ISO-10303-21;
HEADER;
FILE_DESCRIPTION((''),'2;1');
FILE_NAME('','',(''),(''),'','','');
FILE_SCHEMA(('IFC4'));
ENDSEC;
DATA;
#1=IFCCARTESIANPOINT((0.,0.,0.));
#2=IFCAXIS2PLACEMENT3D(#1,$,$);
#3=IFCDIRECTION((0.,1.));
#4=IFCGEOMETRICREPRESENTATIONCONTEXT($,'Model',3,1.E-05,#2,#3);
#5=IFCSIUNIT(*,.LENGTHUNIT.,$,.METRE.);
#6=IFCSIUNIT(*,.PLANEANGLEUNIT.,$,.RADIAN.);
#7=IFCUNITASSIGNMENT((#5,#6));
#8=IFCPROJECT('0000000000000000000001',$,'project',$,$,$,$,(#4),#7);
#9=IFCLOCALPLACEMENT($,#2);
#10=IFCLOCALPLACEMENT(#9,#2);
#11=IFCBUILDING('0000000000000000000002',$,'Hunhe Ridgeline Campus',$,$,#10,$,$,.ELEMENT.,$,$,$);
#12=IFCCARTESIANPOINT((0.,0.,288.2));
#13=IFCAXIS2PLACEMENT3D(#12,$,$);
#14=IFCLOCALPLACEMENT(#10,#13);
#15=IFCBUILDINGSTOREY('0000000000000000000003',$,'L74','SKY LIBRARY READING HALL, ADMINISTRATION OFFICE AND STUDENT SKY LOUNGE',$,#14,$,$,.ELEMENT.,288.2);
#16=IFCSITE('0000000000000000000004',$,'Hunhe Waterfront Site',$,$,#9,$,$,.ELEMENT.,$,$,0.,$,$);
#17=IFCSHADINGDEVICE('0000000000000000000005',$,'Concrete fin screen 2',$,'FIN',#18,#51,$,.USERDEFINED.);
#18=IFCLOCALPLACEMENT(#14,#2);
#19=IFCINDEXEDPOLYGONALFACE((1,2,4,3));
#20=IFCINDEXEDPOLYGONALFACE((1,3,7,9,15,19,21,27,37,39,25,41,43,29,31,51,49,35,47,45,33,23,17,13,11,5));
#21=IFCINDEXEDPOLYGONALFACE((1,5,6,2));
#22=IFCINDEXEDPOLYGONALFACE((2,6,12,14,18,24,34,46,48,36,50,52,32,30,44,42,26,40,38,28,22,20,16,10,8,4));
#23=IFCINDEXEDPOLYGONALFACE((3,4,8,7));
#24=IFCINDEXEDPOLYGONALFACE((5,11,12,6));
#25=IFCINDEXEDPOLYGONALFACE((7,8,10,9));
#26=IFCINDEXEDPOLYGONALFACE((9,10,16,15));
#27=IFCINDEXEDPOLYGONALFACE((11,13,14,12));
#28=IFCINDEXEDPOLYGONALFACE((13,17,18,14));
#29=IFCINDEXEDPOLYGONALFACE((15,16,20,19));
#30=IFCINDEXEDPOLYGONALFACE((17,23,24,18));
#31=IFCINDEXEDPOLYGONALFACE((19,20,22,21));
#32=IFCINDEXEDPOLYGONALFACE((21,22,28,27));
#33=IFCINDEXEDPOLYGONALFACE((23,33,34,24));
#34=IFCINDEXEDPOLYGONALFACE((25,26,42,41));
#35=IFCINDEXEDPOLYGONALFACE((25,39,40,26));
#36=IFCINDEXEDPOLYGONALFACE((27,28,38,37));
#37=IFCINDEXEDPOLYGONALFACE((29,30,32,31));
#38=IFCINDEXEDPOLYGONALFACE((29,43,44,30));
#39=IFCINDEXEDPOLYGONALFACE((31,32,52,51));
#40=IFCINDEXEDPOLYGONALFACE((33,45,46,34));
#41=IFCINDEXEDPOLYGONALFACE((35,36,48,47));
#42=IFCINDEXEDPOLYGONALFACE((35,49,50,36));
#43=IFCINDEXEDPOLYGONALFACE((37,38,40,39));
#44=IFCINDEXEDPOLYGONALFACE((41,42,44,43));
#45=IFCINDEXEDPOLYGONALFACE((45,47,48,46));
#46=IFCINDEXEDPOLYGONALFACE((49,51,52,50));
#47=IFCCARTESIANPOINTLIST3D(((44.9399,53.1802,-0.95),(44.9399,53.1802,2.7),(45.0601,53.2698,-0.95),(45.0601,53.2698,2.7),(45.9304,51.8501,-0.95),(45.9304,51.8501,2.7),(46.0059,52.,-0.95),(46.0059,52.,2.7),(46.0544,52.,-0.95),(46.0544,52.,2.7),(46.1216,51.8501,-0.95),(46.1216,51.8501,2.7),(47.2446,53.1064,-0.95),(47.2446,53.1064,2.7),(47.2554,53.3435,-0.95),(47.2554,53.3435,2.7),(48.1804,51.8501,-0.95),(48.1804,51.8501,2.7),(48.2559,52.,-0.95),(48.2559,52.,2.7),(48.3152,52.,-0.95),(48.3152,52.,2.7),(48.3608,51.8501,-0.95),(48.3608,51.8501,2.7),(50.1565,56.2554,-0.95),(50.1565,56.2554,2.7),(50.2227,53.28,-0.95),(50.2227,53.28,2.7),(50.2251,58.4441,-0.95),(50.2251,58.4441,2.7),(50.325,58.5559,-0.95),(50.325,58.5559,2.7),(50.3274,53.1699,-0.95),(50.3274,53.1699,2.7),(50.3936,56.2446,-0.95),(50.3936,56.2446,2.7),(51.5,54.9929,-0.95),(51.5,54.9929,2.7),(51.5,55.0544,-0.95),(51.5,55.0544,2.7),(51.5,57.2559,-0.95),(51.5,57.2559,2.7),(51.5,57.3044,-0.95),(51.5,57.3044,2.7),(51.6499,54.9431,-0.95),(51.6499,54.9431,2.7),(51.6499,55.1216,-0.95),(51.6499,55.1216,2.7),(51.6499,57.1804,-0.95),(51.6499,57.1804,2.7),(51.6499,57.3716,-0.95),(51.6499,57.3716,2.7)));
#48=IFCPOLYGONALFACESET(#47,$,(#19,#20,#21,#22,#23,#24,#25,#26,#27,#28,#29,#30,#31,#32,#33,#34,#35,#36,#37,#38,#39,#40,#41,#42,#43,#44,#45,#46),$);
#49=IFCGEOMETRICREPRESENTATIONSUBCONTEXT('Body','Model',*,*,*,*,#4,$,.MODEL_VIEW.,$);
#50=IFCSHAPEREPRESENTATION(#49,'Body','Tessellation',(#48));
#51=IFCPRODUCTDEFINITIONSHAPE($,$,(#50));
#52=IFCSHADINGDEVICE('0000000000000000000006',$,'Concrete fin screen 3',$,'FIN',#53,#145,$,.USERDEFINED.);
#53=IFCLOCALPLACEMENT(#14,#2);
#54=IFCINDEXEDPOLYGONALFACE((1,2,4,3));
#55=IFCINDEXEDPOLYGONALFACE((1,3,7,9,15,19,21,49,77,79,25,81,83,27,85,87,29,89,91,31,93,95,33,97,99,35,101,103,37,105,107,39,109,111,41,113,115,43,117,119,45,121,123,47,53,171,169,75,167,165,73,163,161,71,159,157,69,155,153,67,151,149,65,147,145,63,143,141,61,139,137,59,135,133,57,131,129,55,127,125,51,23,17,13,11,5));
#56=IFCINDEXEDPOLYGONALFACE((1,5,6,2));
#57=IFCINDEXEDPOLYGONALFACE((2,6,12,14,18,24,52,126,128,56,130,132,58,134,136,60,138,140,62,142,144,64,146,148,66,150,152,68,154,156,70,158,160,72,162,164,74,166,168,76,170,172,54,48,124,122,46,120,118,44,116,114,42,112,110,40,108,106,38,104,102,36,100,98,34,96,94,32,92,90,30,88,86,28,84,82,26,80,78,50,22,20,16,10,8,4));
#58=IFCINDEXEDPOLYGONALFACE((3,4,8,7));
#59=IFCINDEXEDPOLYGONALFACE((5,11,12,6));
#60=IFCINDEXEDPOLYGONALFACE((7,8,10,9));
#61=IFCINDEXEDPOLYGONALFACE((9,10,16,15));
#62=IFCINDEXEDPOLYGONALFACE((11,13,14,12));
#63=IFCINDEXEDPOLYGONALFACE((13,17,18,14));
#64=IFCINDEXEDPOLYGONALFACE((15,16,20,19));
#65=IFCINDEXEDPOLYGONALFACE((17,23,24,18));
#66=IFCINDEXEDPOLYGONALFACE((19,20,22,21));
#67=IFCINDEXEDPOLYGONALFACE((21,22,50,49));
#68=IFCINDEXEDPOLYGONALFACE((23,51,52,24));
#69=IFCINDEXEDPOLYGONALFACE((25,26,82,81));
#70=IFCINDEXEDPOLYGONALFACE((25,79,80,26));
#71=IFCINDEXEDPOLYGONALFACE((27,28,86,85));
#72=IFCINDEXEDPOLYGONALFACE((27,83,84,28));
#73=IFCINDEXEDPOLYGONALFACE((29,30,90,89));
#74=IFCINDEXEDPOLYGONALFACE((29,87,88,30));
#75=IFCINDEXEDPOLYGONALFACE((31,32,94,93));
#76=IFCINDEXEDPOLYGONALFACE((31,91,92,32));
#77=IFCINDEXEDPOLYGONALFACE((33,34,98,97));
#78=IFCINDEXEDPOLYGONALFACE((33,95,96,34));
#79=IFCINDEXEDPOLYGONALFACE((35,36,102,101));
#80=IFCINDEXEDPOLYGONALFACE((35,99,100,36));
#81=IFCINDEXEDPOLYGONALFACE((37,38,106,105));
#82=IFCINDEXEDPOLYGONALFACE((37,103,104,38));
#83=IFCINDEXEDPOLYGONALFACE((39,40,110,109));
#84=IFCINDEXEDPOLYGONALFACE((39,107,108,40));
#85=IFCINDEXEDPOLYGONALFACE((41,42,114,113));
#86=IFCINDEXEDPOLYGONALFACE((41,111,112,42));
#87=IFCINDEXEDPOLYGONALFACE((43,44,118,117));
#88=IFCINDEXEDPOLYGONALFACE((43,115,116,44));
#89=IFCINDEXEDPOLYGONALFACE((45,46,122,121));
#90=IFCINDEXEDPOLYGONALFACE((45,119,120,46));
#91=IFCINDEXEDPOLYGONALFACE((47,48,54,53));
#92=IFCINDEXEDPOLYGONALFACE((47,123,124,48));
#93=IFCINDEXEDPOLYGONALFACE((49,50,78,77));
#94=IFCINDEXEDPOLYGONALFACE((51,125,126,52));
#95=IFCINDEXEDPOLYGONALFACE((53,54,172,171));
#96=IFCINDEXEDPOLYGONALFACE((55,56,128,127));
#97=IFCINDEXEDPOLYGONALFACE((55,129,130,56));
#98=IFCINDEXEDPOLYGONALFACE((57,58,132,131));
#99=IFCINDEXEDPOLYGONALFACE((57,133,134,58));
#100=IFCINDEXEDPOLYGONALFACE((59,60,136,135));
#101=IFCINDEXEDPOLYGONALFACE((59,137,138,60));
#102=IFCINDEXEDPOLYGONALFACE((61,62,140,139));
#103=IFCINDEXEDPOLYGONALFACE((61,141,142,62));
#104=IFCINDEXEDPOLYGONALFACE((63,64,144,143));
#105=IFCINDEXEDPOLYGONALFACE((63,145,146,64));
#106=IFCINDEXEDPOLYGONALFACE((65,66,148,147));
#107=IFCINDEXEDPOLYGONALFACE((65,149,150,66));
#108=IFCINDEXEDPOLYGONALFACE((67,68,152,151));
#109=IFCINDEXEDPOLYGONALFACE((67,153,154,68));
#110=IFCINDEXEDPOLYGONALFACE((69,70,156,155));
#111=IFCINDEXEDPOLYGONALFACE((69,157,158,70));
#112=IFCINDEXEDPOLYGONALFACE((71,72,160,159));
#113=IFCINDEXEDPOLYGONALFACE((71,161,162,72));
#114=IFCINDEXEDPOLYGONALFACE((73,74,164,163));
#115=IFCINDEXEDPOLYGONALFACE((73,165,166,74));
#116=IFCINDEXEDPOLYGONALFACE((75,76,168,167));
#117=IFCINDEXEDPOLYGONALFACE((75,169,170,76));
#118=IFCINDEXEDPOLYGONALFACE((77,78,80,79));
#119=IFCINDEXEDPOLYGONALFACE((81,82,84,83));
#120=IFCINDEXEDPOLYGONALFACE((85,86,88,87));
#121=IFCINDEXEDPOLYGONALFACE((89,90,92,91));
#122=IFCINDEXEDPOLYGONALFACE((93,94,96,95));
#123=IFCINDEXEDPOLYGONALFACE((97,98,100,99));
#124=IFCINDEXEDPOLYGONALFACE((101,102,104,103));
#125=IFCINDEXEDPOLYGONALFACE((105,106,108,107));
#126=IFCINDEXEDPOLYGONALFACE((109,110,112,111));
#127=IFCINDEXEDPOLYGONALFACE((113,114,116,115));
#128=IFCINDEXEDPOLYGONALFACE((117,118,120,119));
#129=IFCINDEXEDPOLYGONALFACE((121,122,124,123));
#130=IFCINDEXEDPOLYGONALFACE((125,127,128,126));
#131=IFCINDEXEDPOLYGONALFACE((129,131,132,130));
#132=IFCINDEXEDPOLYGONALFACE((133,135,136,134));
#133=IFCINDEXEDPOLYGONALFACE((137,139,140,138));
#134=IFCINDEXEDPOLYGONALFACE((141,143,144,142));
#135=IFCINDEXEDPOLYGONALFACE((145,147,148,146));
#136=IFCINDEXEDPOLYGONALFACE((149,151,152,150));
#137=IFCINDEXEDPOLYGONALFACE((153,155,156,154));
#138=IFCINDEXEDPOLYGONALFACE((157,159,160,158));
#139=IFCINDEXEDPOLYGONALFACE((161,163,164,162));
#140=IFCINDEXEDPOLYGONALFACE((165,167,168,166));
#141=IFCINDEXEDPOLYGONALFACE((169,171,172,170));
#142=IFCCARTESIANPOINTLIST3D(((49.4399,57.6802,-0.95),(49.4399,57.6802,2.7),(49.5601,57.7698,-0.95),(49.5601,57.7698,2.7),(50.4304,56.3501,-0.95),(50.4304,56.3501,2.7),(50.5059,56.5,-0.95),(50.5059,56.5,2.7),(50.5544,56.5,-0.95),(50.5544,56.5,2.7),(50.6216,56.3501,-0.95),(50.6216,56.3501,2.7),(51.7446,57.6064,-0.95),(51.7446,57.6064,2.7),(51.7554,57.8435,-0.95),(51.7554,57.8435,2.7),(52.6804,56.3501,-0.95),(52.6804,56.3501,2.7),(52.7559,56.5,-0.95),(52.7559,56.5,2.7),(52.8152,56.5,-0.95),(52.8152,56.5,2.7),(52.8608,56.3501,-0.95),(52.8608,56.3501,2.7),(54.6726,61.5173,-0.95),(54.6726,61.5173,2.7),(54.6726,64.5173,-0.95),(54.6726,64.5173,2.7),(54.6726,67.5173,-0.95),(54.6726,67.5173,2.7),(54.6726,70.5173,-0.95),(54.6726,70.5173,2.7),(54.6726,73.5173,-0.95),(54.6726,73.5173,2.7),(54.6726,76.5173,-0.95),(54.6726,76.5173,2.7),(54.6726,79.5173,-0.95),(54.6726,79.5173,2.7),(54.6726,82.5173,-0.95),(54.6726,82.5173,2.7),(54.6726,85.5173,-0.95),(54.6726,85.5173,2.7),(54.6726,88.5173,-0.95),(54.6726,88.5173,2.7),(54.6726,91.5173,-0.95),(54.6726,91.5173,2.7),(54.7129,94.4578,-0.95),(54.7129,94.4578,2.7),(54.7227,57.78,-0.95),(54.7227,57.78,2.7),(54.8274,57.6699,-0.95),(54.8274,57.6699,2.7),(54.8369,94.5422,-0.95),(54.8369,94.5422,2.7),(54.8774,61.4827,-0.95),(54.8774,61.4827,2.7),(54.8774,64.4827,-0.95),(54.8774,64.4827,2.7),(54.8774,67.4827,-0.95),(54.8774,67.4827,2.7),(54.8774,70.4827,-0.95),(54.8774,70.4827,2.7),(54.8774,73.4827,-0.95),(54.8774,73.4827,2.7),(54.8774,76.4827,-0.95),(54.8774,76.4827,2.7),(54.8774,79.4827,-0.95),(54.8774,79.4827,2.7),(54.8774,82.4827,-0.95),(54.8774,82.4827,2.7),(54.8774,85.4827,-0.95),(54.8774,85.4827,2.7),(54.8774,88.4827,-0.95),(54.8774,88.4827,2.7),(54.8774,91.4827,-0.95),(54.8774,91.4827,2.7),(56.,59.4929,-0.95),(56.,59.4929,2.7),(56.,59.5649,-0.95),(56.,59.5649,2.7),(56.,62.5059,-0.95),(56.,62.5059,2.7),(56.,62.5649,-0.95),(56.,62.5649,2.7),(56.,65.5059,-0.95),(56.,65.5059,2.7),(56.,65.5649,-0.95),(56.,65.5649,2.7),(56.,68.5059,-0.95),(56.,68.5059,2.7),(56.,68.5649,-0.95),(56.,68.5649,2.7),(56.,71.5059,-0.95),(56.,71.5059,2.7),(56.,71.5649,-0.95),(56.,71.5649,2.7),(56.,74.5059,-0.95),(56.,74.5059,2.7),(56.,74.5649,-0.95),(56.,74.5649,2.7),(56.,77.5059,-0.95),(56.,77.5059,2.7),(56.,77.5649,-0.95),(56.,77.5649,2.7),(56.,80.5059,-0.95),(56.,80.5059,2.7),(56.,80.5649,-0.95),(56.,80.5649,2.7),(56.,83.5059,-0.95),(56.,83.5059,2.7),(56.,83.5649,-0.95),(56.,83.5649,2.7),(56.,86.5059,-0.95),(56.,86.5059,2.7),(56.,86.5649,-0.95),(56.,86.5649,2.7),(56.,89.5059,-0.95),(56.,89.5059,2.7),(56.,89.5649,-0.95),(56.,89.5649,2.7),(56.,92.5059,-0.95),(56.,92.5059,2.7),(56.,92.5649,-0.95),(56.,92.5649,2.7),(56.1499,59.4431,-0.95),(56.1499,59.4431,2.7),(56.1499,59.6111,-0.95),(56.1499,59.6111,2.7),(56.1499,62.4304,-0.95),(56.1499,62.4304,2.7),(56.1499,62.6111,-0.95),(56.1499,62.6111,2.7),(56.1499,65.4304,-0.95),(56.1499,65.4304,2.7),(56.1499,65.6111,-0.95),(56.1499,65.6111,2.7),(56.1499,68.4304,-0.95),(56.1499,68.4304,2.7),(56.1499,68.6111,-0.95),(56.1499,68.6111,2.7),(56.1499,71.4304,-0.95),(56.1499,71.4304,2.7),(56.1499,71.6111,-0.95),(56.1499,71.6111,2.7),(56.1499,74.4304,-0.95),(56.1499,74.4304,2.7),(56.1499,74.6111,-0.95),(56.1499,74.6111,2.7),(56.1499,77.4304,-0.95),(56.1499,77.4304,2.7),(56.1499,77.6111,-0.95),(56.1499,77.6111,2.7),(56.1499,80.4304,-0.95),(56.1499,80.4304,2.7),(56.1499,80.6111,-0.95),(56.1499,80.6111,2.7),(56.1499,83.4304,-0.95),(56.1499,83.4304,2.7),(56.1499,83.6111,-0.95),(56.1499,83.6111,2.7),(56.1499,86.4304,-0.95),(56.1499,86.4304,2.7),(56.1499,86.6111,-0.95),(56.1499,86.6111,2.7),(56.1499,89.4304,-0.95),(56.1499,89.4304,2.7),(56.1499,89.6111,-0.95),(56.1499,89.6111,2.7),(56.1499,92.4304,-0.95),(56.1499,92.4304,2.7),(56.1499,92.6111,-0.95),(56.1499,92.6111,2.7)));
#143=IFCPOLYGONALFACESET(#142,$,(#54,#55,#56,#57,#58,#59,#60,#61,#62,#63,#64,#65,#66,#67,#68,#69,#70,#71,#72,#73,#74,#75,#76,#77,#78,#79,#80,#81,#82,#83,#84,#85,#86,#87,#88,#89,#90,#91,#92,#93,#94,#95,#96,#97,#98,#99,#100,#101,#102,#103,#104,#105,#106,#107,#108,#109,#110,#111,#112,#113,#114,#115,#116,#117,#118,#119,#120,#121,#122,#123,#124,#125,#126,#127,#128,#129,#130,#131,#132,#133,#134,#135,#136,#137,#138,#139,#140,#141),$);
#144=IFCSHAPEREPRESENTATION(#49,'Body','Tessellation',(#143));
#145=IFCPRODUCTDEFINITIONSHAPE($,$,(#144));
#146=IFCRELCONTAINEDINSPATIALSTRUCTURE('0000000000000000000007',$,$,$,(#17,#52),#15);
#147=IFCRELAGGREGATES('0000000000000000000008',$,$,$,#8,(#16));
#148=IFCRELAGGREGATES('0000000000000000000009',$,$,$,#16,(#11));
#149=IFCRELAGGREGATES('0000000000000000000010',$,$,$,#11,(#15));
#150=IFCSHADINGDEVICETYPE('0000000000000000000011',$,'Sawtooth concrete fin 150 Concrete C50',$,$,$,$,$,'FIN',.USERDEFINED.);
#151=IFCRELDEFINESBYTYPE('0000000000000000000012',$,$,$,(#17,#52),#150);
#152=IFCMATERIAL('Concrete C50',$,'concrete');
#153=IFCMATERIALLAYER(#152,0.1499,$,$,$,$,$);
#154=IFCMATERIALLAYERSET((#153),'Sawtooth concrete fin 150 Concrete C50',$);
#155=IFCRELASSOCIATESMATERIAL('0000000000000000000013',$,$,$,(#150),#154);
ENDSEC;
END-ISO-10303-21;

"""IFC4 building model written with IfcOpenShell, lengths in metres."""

from ifc_helpers import new_model, si_unit, direction, frame, origin, place, context, subcontext, project, spatial, polyline, outline, extrude, material, layer, layer_set, type_object, element, save


model = new_model("IFC4")

# Units and contexts
model_context = context("Model", 3, precision=1e-05, world=origin(), true_north=direction((0.0, 1.0)))
body_context = subcontext(model_context, "Body", "Model", "MODEL_VIEW")
ifc_project = project(units=[si_unit("LENGTHUNIT", "METRE"), si_unit("PLANEANGLEUNIT", "RADIAN")], contexts=[model_context])

# Site, building, storey
site_placement = place(None, origin())
site = spatial("IfcSite", under=ifc_project, at=site_placement, Name="Hunhe Waterfront Site", CompositionType="ELEMENT", RefElevation=0.0)
building_placement = place(site_placement, origin())
building = spatial("IfcBuilding", under=site, at=building_placement, Name="Hunhe Ridgeline Campus", CompositionType="ELEMENT")
storey_placement = place(building_placement, frame((0.0, 0.0, 288.2)))
storey = spatial("IfcBuildingStorey", under=building, at=storey_placement, Name="L74", Description="SKY LIBRARY READING HALL, ADMINISTRATION OFFICE AND STUDENT SKY LOUNGE", CompositionType="ELEMENT", Elevation=288.2)

# Shared definitions
ifc_material_1 = material(Name="Concrete C50", Category="concrete")

# Shading devices
ifc_layer_1 = layer(ifc_material_1, 0.1499)
ifc_layer_set_1 = layer_set([ifc_layer_1], Name="Sawtooth concrete fin 150 Concrete C50")
shading_device_type = type_object("IfcShadingDeviceType", Name="Sawtooth concrete fin 150 Concrete C50", ElementType="FIN", PredefinedType="USERDEFINED", material=ifc_layer_set_1)
shading_device_1_placement = place(storey_placement, frame((0.0, 0.0, -0.95)))
element("IfcShadingDevice", 1, at=shading_device_1_placement, inside=storey, type_object=shading_device_type, Name="Concrete fin screen 2", ObjectType="FIN", PredefinedType="USERDEFINED", context=body_context, shape_type="SweptSolid", body=[
    extrude(outline(polyline([(45.0601, 53.2698), (44.9399, 53.1802), (45.9304, 51.8501), (46.1216, 51.8501), (47.2446, 53.1064), (48.1804, 51.8501), (48.3608, 51.8501), (50.3274, 53.1699), (51.6499, 54.9431), (51.6499, 55.1216), (50.3936, 56.2446), (51.6499, 57.1804), (51.6499, 57.3716), (50.325, 58.5559), (50.2251, 58.4441), (51.5, 57.3044), (51.5, 57.2559), (50.1565, 56.2554), (51.5, 55.0544), (51.5, 54.9929), (50.2227, 53.28), (48.3152, 52.0), (48.2559, 52.0), (47.2554, 53.3435), (46.0544, 52.0), (46.0059, 52.0), (45.0601, 53.2698)])), origin(), (0.0, 0.0, 1.0), 3.6499),
])
shading_device_2_placement = place(storey_placement, frame((0.0, 0.0, -0.95)))
element("IfcShadingDevice", 2, at=shading_device_2_placement, inside=storey, type_object=shading_device_type, Name="Concrete fin screen 3", ObjectType="FIN", PredefinedType="USERDEFINED", context=body_context, shape_type="SweptSolid", body=[
    extrude(outline(polyline([(49.5601, 57.7698), (49.4399, 57.6802), (50.4304, 56.3501), (50.6216, 56.3501), (51.7446, 57.6064), (52.6804, 56.3501), (52.8608, 56.3501), (54.8274, 57.6699), (56.1499, 59.4431), (56.1499, 59.6111), (54.8774, 61.4827), (56.1499, 62.4304), (56.1499, 62.6111), (54.8774, 64.4827), (56.1499, 65.4304), (56.1499, 65.6111), (54.8774, 67.4827), (56.1499, 68.4304), (56.1499, 68.6111), (54.8774, 70.4827), (56.1499, 71.4304), (56.1499, 71.6111), (54.8774, 73.4827), (56.1499, 74.4304), (56.1499, 74.6111), (54.8774, 76.4827), (56.1499, 77.4304), (56.1499, 77.6111), (54.8774, 79.4827), (56.1499, 80.4304), (56.1499, 80.6111), (54.8774, 82.4827), (56.1499, 83.4304), (56.1499, 83.6111), (54.8774, 85.4827), (56.1499, 86.4304), (56.1499, 86.6111), (54.8774, 88.4827), (56.1499, 89.4304), (56.1499, 89.6111), (54.8774, 91.4827), (56.1499, 92.4304), (56.1499, 92.6111), (54.8369, 94.5422), (54.7129, 94.4578), (56.0, 92.5649), (56.0, 92.5059), (54.6726, 91.5173), (56.0, 89.5649), (56.0, 89.5059), (54.6726, 88.5173), (56.0, 86.5649), (56.0, 86.5059), (54.6726, 85.5173), (56.0, 83.5649), (56.0, 83.5059), (54.6726, 82.5173), (56.0, 80.5649), (56.0, 80.5059), (54.6726, 79.5173), (56.0, 77.5649), (56.0, 77.5059), (54.6726, 76.5173), (56.0, 74.5649), (56.0, 74.5059), (54.6726, 73.5173), (56.0, 71.5649), (56.0, 71.5059), (54.6726, 70.5173), (56.0, 68.5649), (56.0, 68.5059), (54.6726, 67.5173), (56.0, 65.5649), (56.0, 65.5059), (54.6726, 64.5173), (56.0, 62.5649), (56.0, 62.5059), (54.6726, 61.5173), (56.0, 59.5649), (56.0, 59.4929), (54.7227, 57.78), (52.8152, 56.5), (52.7559, 56.5), (51.7554, 57.8435), (50.5544, 56.5), (50.5059, 56.5), (49.5601, 57.7698)])), origin(), (0.0, 0.0, 1.0), 3.6499),
])

save(model, "model.ifc")
